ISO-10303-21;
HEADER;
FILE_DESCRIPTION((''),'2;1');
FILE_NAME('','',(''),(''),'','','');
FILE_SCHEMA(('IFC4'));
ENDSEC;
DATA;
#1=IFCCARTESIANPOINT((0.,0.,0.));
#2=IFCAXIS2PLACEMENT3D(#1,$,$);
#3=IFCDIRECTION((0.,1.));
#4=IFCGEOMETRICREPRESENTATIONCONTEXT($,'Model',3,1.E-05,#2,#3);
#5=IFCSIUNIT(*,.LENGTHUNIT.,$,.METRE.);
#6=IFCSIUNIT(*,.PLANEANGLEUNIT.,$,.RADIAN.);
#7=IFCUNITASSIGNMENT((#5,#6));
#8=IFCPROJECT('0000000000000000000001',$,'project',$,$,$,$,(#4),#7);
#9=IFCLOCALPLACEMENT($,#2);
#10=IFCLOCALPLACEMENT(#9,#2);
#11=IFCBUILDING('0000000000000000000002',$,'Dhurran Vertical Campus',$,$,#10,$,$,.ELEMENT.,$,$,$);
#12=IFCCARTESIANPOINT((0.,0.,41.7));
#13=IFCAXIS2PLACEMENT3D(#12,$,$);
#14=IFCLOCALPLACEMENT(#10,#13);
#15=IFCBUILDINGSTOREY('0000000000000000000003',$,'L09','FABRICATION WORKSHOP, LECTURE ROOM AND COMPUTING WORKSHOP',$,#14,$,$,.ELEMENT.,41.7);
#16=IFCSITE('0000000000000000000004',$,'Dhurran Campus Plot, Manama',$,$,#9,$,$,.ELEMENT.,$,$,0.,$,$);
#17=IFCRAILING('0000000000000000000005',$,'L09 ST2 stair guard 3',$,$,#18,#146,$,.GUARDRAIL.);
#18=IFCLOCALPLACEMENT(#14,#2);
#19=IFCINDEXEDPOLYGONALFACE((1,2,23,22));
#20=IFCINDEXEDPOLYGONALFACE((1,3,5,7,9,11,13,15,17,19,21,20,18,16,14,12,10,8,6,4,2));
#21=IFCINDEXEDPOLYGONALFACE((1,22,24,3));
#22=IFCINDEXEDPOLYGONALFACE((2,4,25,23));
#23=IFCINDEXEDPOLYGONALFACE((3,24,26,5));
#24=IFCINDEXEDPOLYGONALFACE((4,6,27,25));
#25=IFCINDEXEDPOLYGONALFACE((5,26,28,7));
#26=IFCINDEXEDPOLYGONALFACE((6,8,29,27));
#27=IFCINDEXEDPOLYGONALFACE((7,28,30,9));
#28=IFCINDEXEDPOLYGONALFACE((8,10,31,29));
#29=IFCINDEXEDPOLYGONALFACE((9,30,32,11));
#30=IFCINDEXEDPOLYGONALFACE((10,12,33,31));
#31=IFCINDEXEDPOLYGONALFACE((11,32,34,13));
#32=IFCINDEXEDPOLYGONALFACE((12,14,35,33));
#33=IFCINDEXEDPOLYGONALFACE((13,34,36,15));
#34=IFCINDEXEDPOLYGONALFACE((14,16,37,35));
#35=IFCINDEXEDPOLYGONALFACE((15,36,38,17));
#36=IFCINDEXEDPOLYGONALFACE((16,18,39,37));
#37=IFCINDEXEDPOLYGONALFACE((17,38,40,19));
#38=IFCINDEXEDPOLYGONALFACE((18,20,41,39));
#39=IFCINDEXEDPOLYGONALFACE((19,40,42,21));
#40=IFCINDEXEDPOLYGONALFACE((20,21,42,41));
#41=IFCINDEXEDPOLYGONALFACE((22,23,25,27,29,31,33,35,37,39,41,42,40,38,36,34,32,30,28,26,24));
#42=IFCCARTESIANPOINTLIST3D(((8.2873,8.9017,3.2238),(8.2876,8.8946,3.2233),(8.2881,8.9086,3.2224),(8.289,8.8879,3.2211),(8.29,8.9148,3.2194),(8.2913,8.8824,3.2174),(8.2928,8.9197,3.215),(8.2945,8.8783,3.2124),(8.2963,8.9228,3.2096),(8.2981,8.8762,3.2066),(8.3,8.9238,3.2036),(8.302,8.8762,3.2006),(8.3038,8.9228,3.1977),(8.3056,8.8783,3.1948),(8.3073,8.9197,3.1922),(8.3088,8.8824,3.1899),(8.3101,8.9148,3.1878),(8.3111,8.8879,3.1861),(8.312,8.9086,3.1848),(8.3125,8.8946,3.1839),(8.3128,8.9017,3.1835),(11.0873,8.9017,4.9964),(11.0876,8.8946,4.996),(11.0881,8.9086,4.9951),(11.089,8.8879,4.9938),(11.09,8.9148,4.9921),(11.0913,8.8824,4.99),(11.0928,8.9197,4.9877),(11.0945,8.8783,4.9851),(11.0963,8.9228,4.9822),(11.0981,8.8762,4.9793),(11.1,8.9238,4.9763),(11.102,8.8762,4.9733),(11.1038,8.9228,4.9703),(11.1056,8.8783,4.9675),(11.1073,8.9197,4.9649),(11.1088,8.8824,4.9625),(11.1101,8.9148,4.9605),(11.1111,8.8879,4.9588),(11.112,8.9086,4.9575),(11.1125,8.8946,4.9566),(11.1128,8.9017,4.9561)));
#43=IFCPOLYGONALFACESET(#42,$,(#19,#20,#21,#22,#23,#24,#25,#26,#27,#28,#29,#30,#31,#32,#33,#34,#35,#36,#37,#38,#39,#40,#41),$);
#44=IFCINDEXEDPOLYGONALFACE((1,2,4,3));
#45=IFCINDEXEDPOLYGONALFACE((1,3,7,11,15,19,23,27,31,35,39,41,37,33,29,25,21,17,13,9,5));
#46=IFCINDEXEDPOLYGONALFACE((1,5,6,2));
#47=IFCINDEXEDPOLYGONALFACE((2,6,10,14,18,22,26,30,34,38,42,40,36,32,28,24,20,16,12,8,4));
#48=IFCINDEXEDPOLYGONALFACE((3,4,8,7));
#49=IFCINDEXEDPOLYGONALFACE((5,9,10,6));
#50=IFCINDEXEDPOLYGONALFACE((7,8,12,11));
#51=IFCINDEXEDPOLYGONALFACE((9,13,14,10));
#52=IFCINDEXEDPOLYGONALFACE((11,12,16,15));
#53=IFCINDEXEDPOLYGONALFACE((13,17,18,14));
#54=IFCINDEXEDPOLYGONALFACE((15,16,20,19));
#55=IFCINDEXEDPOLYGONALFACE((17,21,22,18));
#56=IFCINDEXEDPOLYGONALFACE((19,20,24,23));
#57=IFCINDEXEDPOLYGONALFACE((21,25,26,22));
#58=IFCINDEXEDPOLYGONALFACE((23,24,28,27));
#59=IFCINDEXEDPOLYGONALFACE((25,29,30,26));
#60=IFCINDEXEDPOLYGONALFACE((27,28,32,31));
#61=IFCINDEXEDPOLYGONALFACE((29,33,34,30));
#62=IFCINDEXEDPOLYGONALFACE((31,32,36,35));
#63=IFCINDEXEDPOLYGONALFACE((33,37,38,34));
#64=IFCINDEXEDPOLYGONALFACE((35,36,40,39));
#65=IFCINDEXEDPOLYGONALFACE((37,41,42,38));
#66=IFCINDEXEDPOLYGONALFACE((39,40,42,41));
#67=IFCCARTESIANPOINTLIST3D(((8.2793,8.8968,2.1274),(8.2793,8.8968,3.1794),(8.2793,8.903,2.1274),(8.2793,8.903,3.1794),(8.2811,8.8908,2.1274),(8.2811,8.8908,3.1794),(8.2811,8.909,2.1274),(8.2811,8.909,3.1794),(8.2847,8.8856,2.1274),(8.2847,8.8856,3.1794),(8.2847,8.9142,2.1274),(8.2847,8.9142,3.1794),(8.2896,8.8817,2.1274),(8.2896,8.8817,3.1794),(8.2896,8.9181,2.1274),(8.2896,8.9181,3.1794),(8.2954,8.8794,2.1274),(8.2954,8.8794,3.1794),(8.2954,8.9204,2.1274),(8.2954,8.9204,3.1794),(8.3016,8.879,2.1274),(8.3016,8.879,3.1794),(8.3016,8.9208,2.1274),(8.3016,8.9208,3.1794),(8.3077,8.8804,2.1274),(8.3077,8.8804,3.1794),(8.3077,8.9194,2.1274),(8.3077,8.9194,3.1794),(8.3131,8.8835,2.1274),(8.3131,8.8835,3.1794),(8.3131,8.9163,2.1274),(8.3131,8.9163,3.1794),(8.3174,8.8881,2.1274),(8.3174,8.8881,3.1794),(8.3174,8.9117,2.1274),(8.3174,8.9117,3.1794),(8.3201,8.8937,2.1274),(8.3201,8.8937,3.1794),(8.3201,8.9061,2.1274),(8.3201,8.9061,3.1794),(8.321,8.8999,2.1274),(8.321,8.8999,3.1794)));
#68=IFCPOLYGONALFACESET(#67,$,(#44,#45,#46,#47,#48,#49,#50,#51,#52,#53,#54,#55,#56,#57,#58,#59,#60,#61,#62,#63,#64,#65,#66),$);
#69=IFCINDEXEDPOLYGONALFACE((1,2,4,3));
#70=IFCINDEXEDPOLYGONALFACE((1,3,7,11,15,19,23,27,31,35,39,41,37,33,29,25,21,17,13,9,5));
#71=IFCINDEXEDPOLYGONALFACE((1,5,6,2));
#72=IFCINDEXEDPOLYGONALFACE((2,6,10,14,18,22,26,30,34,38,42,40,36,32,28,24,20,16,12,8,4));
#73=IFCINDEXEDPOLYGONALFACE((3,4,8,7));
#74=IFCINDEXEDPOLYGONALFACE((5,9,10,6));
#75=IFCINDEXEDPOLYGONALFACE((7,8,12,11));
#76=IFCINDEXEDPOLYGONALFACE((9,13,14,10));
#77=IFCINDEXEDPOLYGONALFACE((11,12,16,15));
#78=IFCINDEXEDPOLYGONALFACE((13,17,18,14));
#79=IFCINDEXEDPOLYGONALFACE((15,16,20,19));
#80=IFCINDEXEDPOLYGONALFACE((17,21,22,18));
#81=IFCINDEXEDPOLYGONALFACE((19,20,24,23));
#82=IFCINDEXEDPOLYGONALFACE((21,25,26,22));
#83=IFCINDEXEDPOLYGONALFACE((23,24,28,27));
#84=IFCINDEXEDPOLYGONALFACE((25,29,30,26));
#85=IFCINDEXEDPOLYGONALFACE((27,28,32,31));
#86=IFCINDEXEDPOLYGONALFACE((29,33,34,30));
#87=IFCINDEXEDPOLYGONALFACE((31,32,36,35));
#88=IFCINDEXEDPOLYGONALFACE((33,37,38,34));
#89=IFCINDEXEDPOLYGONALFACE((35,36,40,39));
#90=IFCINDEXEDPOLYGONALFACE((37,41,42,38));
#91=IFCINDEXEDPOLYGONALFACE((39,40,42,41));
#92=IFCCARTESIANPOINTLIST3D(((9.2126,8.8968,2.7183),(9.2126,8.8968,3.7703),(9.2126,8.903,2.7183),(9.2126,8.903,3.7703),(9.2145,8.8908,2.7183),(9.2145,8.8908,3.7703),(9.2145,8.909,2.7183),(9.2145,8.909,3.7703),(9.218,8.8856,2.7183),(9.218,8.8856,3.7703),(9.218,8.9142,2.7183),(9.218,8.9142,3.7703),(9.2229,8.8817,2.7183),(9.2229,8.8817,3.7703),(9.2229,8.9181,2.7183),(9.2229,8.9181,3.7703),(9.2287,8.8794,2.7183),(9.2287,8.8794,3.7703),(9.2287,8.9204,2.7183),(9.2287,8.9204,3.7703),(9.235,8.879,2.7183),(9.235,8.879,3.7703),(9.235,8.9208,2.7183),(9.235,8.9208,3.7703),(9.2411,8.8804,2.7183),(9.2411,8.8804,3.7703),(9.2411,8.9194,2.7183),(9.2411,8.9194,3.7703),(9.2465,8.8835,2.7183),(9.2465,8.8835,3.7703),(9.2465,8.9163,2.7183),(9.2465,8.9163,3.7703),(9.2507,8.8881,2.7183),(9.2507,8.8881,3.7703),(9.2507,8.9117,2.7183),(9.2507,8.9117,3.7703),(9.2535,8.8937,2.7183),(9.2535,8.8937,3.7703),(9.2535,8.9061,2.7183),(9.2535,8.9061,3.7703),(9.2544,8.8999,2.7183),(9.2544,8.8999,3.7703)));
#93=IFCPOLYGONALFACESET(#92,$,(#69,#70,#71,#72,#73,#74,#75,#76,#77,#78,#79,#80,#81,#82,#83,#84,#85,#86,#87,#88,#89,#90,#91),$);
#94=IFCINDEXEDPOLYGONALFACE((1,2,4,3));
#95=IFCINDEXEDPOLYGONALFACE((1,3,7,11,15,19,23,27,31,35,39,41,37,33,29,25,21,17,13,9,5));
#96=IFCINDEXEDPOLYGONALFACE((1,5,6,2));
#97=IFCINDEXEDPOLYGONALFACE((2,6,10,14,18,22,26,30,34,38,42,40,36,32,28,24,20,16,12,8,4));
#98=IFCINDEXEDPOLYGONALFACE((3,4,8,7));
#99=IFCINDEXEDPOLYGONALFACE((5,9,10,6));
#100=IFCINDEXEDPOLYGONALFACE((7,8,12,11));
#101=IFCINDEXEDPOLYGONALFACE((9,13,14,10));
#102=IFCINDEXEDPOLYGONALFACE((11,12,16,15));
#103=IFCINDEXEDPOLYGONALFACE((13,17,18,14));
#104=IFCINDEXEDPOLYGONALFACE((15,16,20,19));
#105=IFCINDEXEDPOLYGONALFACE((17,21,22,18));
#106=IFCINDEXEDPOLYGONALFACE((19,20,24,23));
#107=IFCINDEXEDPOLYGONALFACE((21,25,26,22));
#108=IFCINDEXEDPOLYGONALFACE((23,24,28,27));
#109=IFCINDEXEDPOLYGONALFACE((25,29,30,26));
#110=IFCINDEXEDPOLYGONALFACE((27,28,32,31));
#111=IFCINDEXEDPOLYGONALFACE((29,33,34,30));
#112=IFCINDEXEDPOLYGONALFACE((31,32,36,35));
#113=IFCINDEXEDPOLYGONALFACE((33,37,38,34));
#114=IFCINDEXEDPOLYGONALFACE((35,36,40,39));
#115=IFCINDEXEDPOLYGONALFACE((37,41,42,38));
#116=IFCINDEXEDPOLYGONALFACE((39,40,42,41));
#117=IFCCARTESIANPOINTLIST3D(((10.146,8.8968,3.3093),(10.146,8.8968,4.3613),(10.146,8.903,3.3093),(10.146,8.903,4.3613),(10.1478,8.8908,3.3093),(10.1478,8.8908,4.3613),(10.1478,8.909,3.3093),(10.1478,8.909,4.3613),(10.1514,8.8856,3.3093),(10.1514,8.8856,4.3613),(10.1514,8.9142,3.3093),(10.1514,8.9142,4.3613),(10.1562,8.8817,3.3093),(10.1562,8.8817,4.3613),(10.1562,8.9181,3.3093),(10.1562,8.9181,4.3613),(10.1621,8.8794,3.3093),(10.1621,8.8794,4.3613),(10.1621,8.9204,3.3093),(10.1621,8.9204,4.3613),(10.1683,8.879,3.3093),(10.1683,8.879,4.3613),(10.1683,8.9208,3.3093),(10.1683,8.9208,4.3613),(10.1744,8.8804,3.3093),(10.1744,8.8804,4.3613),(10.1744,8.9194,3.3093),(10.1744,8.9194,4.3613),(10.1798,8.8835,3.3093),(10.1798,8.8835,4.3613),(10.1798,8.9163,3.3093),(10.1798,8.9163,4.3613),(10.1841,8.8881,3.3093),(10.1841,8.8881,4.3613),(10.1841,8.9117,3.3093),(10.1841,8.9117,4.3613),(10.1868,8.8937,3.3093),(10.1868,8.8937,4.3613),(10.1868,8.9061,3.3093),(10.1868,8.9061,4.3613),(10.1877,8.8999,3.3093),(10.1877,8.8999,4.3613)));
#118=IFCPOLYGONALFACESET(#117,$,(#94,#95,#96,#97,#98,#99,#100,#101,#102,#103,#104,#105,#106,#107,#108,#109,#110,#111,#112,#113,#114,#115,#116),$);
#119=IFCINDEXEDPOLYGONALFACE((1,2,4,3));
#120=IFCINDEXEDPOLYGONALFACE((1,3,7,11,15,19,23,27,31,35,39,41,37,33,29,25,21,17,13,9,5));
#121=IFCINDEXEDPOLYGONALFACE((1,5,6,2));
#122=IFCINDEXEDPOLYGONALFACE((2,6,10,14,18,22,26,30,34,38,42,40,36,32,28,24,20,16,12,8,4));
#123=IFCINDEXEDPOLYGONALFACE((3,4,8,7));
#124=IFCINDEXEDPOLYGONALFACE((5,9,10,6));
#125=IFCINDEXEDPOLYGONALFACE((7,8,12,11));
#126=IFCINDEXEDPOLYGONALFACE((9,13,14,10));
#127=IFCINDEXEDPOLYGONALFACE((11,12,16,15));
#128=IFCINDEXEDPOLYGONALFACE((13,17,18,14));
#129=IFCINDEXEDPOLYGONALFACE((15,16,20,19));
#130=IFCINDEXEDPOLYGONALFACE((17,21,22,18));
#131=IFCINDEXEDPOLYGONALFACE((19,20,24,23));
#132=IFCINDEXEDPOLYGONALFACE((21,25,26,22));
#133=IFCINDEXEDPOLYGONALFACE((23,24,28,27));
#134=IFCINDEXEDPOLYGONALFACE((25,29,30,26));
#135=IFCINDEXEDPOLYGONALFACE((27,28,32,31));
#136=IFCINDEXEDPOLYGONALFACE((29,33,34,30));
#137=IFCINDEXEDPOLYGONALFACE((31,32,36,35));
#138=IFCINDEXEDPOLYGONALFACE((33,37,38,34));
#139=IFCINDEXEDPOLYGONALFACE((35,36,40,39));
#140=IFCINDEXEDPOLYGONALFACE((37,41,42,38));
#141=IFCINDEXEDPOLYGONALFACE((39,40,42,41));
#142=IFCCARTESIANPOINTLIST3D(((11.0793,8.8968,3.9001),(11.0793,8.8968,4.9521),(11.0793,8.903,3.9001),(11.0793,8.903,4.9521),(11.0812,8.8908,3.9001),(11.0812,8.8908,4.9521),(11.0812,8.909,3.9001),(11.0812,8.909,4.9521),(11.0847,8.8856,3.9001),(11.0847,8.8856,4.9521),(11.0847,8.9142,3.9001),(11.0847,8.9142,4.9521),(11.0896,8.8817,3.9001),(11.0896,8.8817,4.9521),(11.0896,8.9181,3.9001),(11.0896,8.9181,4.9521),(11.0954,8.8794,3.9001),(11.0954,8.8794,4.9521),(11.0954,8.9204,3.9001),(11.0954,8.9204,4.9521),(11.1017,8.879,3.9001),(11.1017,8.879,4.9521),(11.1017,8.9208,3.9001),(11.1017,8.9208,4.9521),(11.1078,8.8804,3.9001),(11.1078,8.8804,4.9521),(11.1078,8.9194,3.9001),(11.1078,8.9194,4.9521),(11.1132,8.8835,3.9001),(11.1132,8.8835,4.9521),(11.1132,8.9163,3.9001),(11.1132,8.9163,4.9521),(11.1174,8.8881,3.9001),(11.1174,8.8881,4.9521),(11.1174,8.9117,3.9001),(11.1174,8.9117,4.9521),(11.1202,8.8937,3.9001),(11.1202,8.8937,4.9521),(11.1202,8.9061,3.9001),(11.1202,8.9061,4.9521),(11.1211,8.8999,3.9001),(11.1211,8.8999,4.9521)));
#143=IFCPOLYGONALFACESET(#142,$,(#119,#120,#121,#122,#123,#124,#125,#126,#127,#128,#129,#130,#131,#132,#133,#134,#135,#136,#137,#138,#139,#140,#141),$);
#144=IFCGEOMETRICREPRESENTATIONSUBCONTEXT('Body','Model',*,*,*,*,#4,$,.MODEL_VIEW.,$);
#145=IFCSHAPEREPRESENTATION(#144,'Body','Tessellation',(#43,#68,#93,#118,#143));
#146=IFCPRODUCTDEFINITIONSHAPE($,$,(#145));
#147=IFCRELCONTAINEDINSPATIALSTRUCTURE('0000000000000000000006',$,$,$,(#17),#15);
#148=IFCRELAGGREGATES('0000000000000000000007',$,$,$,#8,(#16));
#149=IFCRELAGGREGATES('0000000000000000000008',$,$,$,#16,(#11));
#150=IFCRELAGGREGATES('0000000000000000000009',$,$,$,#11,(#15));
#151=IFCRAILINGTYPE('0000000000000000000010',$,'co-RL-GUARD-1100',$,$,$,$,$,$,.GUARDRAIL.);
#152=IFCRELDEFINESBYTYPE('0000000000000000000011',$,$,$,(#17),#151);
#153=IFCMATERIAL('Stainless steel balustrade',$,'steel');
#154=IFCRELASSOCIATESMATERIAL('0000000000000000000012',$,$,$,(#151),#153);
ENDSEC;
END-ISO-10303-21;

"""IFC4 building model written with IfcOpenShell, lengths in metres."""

from ifc_helpers import new_model, si_unit, direction, frame, origin, origin_2d, place, context, subcontext, project, spatial, circle, extrude, material, type_object, element, save


model = new_model("IFC4")

# Units and contexts
model_context = context("Model", 3, precision=1e-05, world=origin(), true_north=direction((0.0, 1.0)))
body_context = subcontext(model_context, "Body", "Model", "MODEL_VIEW")
ifc_project = project(units=[si_unit("LENGTHUNIT", "METRE"), si_unit("PLANEANGLEUNIT", "RADIAN")], contexts=[model_context])

# Site, building, storey
site_placement = place(None, origin())
site = spatial("IfcSite", under=ifc_project, at=site_placement, Name="Dhurran Campus Plot, Manama", CompositionType="ELEMENT", RefElevation=0.0)
building_placement = place(site_placement, origin())
building = spatial("IfcBuilding", under=site, at=building_placement, Name="Dhurran Vertical Campus", CompositionType="ELEMENT")
storey_placement = place(building_placement, frame((0.0, 0.0, 41.7)))
storey = spatial("IfcBuildingStorey", under=building, at=storey_placement, Name="L09", Description="FABRICATION WORKSHOP, LECTURE ROOM AND COMPUTING WORKSHOP", CompositionType="ELEMENT", Elevation=41.7)

# Railing
ifc_material_1 = material(Name="Stainless steel balustrade", Category="steel")
railing_type_1 = type_object("IfcRailingType", Name="co-RL-GUARD-1100", PredefinedType="GUARDRAIL", material=ifc_material_1)
railing_1_placement = place(storey_placement, frame((8.3, 8.8999, 2.1274)))
element("IfcRailing", 1, at=railing_1_placement, inside=storey, type_object=railing_type_1, Name="L09 ST2 stair guard 3", PredefinedType="GUARDRAIL", context=body_context, shape_type="SweptSolid", body=[
    extrude(circle(Radius=0.0239, at=origin_2d()), frame((0.0, 0.0, 1.0762), z_axis=(0.844909, 0.0, 0.53491), x_axis=(0.0, 1.0, 0.0)), (0.0, 0.0, 1.0), 3.314),
    extrude(circle(Radius=0.021, at=origin_2d()), origin(), (0.0, 0.0, 1.0), 1.052),
    extrude(circle(Radius=0.021, at=origin_2d()), frame((0.9333, 0.0, 0.5908)), (0.0, 0.0, 1.0), 1.052),
    extrude(circle(Radius=0.021, at=origin_2d()), frame((1.8667, 0.0, 1.1819)), (0.0, 0.0, 1.0), 1.052),
    extrude(circle(Radius=0.021, at=origin_2d()), frame((2.8, 0.0, 1.7727)), (0.0, 0.0, 1.0), 1.052),
])

save(model, "model.ifc")
